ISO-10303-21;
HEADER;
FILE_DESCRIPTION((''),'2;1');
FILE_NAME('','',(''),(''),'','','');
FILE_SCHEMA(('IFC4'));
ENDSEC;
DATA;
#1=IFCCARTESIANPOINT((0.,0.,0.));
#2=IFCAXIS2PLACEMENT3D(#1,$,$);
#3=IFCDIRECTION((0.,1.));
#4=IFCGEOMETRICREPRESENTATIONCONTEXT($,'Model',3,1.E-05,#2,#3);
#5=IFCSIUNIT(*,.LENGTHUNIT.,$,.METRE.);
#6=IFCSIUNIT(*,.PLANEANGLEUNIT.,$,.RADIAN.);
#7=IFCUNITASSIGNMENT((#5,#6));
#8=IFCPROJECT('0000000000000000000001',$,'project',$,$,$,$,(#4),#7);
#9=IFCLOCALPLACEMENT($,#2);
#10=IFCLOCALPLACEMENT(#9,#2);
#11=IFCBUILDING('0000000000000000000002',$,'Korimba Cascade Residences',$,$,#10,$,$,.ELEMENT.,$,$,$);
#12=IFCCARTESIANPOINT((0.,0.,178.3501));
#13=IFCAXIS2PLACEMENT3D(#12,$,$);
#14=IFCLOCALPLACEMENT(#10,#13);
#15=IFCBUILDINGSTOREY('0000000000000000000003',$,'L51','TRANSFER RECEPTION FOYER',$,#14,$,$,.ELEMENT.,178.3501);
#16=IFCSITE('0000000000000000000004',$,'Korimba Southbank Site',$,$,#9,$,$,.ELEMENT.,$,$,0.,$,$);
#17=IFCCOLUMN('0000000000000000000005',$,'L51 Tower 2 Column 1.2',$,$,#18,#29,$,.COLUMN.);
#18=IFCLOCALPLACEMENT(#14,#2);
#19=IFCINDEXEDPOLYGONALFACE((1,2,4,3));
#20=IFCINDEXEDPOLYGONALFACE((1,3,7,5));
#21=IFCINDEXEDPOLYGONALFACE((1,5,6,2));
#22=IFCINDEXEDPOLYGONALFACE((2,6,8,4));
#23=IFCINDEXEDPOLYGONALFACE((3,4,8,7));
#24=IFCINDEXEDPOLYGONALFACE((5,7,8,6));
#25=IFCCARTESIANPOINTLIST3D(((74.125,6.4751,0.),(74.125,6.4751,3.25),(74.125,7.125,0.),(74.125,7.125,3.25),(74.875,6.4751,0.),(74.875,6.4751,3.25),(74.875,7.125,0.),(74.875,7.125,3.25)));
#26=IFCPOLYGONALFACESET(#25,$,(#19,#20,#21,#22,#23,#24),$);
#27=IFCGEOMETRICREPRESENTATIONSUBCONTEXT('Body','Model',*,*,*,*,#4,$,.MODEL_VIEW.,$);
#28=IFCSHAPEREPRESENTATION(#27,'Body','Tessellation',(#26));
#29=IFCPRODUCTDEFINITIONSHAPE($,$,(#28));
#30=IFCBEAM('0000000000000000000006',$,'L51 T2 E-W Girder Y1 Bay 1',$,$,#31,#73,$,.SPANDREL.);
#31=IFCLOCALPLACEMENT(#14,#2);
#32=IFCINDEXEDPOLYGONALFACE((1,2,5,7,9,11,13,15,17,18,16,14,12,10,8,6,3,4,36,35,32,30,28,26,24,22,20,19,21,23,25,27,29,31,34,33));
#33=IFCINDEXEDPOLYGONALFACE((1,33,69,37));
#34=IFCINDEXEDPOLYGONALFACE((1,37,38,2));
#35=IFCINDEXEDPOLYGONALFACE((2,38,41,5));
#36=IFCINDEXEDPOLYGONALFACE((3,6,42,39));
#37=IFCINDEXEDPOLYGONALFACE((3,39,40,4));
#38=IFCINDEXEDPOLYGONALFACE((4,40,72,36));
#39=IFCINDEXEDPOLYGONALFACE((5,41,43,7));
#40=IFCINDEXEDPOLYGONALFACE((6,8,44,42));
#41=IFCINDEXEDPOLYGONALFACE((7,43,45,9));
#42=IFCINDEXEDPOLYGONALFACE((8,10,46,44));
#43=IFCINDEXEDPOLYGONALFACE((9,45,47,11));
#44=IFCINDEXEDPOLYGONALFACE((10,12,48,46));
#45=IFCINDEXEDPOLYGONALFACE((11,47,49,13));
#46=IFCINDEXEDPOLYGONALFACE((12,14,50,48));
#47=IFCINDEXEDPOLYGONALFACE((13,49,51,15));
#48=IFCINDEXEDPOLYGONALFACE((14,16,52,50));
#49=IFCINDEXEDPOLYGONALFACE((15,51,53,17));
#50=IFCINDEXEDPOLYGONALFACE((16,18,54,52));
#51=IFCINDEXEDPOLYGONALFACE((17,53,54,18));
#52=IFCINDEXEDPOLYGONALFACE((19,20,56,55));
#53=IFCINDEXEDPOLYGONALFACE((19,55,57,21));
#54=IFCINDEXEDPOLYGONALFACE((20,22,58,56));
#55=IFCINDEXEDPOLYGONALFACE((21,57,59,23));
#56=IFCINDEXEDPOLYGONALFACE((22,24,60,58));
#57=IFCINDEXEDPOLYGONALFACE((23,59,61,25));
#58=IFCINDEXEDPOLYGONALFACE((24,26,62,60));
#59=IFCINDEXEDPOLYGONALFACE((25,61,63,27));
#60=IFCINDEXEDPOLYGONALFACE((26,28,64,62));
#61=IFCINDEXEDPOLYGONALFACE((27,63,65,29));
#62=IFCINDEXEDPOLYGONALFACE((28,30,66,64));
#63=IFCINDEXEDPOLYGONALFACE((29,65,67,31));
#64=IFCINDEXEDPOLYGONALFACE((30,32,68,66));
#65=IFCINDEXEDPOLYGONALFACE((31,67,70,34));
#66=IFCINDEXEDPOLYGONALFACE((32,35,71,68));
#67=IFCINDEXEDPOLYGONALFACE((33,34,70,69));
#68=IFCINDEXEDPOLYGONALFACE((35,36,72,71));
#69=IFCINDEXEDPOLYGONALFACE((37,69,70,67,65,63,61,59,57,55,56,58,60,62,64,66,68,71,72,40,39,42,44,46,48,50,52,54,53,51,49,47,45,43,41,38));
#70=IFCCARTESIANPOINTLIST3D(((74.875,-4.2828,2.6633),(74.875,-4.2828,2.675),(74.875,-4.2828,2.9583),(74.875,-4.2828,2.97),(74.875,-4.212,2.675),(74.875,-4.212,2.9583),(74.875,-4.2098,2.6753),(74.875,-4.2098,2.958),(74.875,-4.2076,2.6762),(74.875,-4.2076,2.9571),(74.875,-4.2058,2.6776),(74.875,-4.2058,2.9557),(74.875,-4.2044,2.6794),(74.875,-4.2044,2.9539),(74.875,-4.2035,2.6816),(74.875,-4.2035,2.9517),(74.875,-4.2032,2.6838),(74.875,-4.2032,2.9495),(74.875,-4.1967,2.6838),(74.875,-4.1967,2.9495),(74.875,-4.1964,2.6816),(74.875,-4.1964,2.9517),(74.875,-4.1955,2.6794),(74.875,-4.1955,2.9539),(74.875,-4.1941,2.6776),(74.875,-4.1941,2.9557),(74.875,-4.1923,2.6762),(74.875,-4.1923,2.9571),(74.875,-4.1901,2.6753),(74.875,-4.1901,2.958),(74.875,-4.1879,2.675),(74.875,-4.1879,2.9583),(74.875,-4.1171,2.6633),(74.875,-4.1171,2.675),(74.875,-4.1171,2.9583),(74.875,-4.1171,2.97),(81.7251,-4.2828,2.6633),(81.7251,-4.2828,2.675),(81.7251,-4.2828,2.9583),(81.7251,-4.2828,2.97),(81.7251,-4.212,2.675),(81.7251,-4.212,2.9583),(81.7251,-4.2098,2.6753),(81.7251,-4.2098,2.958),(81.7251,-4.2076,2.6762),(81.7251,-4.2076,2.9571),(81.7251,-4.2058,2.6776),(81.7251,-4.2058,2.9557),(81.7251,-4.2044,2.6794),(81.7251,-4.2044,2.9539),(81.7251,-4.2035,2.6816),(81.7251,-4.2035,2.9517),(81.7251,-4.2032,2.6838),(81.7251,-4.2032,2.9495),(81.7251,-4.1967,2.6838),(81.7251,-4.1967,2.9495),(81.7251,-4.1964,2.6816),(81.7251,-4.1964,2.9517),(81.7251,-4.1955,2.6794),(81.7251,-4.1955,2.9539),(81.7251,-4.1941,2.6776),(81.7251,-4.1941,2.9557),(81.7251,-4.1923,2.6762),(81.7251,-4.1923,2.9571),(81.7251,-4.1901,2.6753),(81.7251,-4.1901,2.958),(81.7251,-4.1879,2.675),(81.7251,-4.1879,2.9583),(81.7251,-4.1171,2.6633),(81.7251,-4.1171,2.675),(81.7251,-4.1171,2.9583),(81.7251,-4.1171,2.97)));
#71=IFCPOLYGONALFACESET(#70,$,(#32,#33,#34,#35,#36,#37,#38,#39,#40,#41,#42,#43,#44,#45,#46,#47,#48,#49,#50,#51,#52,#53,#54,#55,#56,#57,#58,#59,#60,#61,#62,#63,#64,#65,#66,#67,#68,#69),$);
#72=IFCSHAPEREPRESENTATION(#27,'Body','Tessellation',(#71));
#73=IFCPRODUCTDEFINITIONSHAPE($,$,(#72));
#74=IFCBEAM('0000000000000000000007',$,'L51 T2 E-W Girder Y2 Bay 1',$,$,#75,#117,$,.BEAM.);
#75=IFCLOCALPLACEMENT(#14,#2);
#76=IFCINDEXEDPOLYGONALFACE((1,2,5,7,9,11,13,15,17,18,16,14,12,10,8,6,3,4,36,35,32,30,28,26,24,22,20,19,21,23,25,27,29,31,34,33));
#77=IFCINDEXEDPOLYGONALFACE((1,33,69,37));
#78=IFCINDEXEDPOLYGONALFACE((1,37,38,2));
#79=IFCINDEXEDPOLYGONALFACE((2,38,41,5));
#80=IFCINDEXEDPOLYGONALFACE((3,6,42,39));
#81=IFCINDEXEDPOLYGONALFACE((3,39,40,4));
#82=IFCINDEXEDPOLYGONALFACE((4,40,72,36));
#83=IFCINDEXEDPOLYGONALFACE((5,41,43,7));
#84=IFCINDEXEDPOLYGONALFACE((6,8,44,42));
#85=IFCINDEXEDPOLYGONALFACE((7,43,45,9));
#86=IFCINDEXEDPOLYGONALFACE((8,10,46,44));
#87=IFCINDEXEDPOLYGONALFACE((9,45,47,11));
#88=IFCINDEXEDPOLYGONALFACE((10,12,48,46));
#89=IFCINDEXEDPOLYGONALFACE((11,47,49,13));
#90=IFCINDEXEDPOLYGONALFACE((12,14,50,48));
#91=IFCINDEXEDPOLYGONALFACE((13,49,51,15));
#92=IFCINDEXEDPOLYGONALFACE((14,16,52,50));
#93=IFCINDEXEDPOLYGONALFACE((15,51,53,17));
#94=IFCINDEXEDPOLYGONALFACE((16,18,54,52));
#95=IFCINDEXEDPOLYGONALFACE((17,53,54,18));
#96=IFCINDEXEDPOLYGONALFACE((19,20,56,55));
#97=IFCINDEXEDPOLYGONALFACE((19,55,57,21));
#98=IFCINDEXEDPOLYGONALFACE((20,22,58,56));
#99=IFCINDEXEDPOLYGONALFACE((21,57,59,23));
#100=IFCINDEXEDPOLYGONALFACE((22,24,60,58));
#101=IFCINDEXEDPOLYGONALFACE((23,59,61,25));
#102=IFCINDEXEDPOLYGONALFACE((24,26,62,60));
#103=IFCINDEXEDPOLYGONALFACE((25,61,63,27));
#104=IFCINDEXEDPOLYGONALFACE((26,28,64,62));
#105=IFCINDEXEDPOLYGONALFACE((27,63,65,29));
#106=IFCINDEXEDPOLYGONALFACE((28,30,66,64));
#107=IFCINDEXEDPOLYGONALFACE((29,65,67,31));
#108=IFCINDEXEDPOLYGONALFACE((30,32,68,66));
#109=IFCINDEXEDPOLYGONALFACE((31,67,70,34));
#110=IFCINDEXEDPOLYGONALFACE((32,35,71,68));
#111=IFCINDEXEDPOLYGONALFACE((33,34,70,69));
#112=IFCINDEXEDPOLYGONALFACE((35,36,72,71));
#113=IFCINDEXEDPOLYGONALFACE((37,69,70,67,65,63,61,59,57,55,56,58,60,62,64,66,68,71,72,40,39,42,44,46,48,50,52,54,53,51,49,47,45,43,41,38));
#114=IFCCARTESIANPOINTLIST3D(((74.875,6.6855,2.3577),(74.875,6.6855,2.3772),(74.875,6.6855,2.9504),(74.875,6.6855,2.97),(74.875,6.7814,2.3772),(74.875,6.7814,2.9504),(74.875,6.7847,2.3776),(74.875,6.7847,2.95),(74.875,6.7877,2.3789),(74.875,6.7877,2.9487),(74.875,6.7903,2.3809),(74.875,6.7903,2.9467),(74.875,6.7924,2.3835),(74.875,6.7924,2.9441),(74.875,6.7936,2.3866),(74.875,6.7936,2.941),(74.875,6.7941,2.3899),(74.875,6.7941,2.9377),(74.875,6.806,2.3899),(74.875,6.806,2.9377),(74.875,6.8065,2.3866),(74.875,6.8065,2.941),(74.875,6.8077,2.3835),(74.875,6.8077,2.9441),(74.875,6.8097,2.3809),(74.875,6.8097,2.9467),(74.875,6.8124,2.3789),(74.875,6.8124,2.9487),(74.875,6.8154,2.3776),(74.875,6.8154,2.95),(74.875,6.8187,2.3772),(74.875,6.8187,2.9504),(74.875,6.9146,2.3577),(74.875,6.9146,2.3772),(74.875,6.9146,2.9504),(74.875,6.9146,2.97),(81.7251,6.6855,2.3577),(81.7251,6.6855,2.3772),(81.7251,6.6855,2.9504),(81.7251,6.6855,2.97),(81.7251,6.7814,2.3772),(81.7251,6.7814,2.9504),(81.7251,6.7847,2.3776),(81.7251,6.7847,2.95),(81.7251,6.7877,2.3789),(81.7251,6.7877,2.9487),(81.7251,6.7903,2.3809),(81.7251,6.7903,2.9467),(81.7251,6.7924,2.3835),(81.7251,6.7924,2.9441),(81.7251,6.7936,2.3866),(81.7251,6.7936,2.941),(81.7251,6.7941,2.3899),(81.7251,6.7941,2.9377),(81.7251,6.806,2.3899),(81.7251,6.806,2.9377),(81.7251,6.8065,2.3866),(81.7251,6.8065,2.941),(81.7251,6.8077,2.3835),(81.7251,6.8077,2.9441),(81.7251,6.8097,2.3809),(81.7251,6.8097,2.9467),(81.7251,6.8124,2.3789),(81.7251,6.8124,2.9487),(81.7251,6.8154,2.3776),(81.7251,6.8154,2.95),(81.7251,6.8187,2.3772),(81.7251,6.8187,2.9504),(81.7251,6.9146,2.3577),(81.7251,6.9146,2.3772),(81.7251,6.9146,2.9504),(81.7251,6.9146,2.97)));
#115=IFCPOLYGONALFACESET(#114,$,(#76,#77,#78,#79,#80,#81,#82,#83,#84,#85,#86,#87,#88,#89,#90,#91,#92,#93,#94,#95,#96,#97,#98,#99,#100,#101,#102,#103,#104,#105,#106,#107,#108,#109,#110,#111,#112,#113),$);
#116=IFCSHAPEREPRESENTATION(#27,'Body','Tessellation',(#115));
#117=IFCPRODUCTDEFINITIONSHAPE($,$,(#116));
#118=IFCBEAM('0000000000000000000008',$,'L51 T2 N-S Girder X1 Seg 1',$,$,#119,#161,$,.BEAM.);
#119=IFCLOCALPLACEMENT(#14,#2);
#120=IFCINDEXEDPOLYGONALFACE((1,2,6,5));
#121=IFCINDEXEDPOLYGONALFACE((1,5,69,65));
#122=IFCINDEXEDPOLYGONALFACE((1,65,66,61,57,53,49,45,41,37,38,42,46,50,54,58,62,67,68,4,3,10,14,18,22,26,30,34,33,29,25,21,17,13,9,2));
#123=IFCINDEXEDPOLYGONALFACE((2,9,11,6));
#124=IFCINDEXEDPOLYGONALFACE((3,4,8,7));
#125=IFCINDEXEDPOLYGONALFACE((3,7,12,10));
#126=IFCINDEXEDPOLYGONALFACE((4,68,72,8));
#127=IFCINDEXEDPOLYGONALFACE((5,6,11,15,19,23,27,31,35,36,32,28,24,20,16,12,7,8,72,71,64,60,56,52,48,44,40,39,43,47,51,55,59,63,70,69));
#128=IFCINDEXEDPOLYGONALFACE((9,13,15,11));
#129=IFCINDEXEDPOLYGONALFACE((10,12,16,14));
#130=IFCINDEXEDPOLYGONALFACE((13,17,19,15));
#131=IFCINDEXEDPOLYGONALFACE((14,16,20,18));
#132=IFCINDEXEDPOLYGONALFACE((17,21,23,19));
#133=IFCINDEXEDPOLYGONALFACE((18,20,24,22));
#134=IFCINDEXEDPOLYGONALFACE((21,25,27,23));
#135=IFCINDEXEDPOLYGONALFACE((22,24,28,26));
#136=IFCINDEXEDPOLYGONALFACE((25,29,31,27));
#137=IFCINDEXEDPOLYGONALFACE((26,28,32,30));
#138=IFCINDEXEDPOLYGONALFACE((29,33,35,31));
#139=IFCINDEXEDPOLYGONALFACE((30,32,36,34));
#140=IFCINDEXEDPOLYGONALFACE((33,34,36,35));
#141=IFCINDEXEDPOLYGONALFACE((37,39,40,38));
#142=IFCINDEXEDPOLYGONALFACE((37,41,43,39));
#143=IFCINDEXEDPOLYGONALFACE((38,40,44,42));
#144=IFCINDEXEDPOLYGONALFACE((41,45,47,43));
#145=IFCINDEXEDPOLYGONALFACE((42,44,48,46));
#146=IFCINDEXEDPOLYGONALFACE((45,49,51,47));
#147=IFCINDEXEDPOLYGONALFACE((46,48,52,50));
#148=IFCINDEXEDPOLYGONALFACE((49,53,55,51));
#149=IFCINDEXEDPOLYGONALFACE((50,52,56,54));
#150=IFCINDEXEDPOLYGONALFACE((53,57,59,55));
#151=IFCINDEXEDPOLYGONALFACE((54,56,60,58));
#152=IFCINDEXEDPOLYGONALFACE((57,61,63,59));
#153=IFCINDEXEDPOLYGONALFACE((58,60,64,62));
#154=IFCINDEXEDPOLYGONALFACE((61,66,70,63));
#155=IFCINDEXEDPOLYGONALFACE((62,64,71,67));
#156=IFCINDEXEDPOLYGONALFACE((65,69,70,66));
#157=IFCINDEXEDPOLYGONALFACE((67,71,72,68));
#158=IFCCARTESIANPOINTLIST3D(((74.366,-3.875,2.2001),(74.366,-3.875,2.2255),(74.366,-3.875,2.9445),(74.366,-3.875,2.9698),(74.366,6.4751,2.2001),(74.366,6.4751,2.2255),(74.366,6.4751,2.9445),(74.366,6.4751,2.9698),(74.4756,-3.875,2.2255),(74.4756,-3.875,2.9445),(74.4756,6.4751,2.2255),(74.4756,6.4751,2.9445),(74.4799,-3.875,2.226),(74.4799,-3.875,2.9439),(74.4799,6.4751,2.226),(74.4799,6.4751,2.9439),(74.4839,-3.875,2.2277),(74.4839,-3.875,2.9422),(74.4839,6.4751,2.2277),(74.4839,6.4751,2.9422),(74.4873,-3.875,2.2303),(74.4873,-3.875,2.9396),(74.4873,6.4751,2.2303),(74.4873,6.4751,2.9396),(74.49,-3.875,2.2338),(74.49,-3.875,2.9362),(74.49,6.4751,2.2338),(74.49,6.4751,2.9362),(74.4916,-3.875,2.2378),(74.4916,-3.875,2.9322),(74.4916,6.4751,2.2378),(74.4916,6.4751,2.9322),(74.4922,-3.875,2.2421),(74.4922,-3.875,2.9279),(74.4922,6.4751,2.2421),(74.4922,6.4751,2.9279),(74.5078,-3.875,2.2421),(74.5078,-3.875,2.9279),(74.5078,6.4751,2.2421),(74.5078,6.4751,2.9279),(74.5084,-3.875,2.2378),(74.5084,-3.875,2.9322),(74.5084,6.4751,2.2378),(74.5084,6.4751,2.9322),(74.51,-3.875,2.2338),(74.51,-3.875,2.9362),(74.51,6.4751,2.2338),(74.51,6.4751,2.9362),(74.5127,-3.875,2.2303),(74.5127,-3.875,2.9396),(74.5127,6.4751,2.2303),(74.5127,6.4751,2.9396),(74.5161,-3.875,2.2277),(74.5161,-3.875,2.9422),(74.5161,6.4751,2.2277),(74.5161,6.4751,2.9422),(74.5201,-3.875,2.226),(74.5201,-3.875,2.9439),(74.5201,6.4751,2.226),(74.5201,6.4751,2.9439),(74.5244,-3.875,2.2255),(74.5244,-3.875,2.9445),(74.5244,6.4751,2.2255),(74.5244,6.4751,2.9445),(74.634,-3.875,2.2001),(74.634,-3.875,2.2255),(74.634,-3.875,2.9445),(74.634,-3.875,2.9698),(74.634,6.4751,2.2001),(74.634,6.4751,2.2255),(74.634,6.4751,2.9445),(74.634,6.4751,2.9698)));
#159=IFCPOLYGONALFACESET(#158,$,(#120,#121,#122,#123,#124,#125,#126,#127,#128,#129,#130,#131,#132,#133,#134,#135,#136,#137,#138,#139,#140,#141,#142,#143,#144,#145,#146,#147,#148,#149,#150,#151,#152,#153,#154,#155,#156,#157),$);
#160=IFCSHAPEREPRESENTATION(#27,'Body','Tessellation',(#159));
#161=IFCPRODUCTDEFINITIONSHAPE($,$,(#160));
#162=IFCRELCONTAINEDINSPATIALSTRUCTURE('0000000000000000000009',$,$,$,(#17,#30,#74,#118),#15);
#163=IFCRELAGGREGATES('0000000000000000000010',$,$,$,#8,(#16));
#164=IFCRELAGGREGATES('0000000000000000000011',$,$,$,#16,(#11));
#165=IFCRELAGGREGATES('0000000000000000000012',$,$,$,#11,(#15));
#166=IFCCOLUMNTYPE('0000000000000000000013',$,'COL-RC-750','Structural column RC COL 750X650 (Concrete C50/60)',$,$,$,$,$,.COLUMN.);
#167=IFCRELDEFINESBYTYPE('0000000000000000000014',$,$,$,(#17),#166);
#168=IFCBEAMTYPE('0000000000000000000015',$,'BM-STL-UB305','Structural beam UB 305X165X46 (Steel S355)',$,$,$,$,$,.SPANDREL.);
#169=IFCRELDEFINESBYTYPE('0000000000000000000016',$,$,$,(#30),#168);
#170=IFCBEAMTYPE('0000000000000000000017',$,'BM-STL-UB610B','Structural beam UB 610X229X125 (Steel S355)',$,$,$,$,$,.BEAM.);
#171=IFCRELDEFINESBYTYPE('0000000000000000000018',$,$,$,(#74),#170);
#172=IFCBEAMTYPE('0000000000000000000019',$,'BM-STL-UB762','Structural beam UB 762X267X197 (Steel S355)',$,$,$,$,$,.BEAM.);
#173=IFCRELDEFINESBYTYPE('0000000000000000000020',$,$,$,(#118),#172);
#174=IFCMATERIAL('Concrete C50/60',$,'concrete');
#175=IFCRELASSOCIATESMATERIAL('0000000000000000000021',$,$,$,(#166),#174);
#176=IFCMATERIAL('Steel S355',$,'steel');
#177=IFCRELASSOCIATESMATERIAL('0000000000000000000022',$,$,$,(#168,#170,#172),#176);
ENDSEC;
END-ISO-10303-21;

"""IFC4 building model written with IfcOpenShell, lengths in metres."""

from ifc_helpers import new_model, si_unit, direction, frame, origin, origin_2d, place, context, subcontext, project, spatial, rectangle, i_section, extrude, material, material_profile, profile_set, type_object, element, save


model = new_model("IFC4")

# Units and contexts
model_context = context("Model", 3, precision=1e-05, world=origin(), true_north=direction((0.0, 1.0)))
body_context = subcontext(model_context, "Body", "Model", "MODEL_VIEW")
ifc_project = project(units=[si_unit("LENGTHUNIT", "METRE"), si_unit("PLANEANGLEUNIT", "RADIAN")], contexts=[model_context])

# Site, building, storey
site_placement = place(None, origin())
site = spatial("IfcSite", under=ifc_project, at=site_placement, Name="Korimba Southbank Site", CompositionType="ELEMENT", RefElevation=0.0)
building_placement = place(site_placement, origin())
building = spatial("IfcBuilding", under=site, at=building_placement, Name="Korimba Cascade Residences", CompositionType="ELEMENT")
storey_placement = place(building_placement, frame((0.0, 0.0, 178.3501)))
storey = spatial("IfcBuildingStorey", under=building, at=storey_placement, Name="L51", Description="TRANSFER RECEPTION FOYER", CompositionType="ELEMENT", Elevation=178.3501)

# Column
ifc_material_1 = material(Name="Concrete C50/60", Category="concrete")
ifc_material_profile_1 = material_profile(ifc_material_1, rectangle(XDim=0.75, YDim=0.6499, at=origin_2d()), Name="Concrete C50/60")
ifc_profile_set_1 = profile_set([ifc_material_profile_1], Name="Concrete C50/60")
column_type = type_object("IfcColumnType", Name="COL-RC-750", Description="Structural column RC COL 750X650 (Concrete C50/60)", PredefinedType="COLUMN", material=ifc_profile_set_1)
column_placement = place(storey_placement, frame((74.5, 6.8, 0.0), z_axis=(0.0, 0.0, 1.0), x_axis=(1.0, 0.0, 0.0)))
element("IfcColumn", 1, at=column_placement, inside=storey, type_object=column_type, Name="L51 Tower 2 Column 1.2", PredefinedType="COLUMN", context=body_context, shape_type="SweptSolid", body=[
    extrude(rectangle(XDim=0.75, YDim=0.6499, at=origin_2d()), origin(), (0.0, 0.0, 1.0), 3.25),
])

# Beams
ifc_material_2 = material(Name="Steel S355", Category="steel")
ifc_material_profile_2 = material_profile(ifc_material_2, i_section(OverallWidth=0.1658, OverallDepth=0.3066, WebThickness=0.0066, FlangeThickness=0.0117, FilletRadius=0.0088, at=origin_2d()), Name="Steel S355")
ifc_profile_set_2 = profile_set([ifc_material_profile_2], Name="Steel S355")
beam_type_1 = type_object("IfcBeamType", Name="BM-STL-UB305", Description="Structural beam UB 305X165X46 (Steel S355)", PredefinedType="SPANDREL", material=ifc_profile_set_2)
beam_1_placement = place(storey_placement, frame((74.875, -4.2, 2.8167), z_axis=(1.0, 0.0, 0.0), x_axis=(0.0, 1.0, 0.0)))
element("IfcBeam", 2, at=beam_1_placement, inside=storey, type_object=beam_type_1, Name="L51 T2 E-W Girder Y1 Bay 1", PredefinedType="SPANDREL", context=body_context, shape_type="SweptSolid", body=[
    extrude(i_section(OverallWidth=0.1658, OverallDepth=0.3066, WebThickness=0.0066, FlangeThickness=0.0117, FilletRadius=0.0088, at=origin_2d()), origin(), (0.0, 0.0, 1.0), 6.8501),
])
ifc_material_profile_3 = material_profile(ifc_material_2, i_section(OverallWidth=0.229, OverallDepth=0.6123, WebThickness=0.012, FlangeThickness=0.0195, FilletRadius=0.0127, at=origin_2d()), Name="Steel S355")
ifc_profile_set_3 = profile_set([ifc_material_profile_3], Name="Steel S355")
beam_type_2 = type_object("IfcBeamType", Name="BM-STL-UB610B", Description="Structural beam UB 610X229X125 (Steel S355)", PredefinedType="BEAM", material=ifc_profile_set_3)
beam_2_placement = place(storey_placement, frame((74.875, 6.8, 2.6638), z_axis=(1.0, 0.0, 0.0), x_axis=(0.0, 1.0, 0.0)))
element("IfcBeam", 3, at=beam_2_placement, inside=storey, type_object=beam_type_2, Name="L51 T2 E-W Girder Y2 Bay 1", PredefinedType="BEAM", context=body_context, shape_type="SweptSolid", body=[
    extrude(i_section(OverallWidth=0.229, OverallDepth=0.6123, WebThickness=0.012, FlangeThickness=0.0195, FilletRadius=0.0127, at=origin_2d()), origin(), (0.0, 0.0, 1.0), 6.8501),
])
ifc_material_profile_4 = material_profile(ifc_material_2, i_section(OverallWidth=0.2681, OverallDepth=0.7698, WebThickness=0.0156, FlangeThickness=0.0254, FilletRadius=0.0166, at=origin_2d()), Name="Steel S355")
ifc_profile_set_4 = profile_set([ifc_material_profile_4], Name="Steel S355")
beam_type_3 = type_object("IfcBeamType", Name="BM-STL-UB762", Description="Structural beam UB 762X267X197 (Steel S355)", PredefinedType="BEAM", material=ifc_profile_set_4)
beam_3_placement = place(storey_placement, frame((74.5, -3.875, 2.585), z_axis=(0.0, 1.0, 0.0), x_axis=(-1.0, 0.0, 0.0)))
element("IfcBeam", 4, at=beam_3_placement, inside=storey, type_object=beam_type_3, Name="L51 T2 N-S Girder X1 Seg 1", PredefinedType="BEAM", context=body_context, shape_type="SweptSolid", body=[
    extrude(i_section(OverallWidth=0.2681, OverallDepth=0.7698, WebThickness=0.0156, FlangeThickness=0.0254, FilletRadius=0.0166, at=origin_2d()), origin(), (0.0, 0.0, 1.0), 10.3501),
])

save(model, "model.ifc")
